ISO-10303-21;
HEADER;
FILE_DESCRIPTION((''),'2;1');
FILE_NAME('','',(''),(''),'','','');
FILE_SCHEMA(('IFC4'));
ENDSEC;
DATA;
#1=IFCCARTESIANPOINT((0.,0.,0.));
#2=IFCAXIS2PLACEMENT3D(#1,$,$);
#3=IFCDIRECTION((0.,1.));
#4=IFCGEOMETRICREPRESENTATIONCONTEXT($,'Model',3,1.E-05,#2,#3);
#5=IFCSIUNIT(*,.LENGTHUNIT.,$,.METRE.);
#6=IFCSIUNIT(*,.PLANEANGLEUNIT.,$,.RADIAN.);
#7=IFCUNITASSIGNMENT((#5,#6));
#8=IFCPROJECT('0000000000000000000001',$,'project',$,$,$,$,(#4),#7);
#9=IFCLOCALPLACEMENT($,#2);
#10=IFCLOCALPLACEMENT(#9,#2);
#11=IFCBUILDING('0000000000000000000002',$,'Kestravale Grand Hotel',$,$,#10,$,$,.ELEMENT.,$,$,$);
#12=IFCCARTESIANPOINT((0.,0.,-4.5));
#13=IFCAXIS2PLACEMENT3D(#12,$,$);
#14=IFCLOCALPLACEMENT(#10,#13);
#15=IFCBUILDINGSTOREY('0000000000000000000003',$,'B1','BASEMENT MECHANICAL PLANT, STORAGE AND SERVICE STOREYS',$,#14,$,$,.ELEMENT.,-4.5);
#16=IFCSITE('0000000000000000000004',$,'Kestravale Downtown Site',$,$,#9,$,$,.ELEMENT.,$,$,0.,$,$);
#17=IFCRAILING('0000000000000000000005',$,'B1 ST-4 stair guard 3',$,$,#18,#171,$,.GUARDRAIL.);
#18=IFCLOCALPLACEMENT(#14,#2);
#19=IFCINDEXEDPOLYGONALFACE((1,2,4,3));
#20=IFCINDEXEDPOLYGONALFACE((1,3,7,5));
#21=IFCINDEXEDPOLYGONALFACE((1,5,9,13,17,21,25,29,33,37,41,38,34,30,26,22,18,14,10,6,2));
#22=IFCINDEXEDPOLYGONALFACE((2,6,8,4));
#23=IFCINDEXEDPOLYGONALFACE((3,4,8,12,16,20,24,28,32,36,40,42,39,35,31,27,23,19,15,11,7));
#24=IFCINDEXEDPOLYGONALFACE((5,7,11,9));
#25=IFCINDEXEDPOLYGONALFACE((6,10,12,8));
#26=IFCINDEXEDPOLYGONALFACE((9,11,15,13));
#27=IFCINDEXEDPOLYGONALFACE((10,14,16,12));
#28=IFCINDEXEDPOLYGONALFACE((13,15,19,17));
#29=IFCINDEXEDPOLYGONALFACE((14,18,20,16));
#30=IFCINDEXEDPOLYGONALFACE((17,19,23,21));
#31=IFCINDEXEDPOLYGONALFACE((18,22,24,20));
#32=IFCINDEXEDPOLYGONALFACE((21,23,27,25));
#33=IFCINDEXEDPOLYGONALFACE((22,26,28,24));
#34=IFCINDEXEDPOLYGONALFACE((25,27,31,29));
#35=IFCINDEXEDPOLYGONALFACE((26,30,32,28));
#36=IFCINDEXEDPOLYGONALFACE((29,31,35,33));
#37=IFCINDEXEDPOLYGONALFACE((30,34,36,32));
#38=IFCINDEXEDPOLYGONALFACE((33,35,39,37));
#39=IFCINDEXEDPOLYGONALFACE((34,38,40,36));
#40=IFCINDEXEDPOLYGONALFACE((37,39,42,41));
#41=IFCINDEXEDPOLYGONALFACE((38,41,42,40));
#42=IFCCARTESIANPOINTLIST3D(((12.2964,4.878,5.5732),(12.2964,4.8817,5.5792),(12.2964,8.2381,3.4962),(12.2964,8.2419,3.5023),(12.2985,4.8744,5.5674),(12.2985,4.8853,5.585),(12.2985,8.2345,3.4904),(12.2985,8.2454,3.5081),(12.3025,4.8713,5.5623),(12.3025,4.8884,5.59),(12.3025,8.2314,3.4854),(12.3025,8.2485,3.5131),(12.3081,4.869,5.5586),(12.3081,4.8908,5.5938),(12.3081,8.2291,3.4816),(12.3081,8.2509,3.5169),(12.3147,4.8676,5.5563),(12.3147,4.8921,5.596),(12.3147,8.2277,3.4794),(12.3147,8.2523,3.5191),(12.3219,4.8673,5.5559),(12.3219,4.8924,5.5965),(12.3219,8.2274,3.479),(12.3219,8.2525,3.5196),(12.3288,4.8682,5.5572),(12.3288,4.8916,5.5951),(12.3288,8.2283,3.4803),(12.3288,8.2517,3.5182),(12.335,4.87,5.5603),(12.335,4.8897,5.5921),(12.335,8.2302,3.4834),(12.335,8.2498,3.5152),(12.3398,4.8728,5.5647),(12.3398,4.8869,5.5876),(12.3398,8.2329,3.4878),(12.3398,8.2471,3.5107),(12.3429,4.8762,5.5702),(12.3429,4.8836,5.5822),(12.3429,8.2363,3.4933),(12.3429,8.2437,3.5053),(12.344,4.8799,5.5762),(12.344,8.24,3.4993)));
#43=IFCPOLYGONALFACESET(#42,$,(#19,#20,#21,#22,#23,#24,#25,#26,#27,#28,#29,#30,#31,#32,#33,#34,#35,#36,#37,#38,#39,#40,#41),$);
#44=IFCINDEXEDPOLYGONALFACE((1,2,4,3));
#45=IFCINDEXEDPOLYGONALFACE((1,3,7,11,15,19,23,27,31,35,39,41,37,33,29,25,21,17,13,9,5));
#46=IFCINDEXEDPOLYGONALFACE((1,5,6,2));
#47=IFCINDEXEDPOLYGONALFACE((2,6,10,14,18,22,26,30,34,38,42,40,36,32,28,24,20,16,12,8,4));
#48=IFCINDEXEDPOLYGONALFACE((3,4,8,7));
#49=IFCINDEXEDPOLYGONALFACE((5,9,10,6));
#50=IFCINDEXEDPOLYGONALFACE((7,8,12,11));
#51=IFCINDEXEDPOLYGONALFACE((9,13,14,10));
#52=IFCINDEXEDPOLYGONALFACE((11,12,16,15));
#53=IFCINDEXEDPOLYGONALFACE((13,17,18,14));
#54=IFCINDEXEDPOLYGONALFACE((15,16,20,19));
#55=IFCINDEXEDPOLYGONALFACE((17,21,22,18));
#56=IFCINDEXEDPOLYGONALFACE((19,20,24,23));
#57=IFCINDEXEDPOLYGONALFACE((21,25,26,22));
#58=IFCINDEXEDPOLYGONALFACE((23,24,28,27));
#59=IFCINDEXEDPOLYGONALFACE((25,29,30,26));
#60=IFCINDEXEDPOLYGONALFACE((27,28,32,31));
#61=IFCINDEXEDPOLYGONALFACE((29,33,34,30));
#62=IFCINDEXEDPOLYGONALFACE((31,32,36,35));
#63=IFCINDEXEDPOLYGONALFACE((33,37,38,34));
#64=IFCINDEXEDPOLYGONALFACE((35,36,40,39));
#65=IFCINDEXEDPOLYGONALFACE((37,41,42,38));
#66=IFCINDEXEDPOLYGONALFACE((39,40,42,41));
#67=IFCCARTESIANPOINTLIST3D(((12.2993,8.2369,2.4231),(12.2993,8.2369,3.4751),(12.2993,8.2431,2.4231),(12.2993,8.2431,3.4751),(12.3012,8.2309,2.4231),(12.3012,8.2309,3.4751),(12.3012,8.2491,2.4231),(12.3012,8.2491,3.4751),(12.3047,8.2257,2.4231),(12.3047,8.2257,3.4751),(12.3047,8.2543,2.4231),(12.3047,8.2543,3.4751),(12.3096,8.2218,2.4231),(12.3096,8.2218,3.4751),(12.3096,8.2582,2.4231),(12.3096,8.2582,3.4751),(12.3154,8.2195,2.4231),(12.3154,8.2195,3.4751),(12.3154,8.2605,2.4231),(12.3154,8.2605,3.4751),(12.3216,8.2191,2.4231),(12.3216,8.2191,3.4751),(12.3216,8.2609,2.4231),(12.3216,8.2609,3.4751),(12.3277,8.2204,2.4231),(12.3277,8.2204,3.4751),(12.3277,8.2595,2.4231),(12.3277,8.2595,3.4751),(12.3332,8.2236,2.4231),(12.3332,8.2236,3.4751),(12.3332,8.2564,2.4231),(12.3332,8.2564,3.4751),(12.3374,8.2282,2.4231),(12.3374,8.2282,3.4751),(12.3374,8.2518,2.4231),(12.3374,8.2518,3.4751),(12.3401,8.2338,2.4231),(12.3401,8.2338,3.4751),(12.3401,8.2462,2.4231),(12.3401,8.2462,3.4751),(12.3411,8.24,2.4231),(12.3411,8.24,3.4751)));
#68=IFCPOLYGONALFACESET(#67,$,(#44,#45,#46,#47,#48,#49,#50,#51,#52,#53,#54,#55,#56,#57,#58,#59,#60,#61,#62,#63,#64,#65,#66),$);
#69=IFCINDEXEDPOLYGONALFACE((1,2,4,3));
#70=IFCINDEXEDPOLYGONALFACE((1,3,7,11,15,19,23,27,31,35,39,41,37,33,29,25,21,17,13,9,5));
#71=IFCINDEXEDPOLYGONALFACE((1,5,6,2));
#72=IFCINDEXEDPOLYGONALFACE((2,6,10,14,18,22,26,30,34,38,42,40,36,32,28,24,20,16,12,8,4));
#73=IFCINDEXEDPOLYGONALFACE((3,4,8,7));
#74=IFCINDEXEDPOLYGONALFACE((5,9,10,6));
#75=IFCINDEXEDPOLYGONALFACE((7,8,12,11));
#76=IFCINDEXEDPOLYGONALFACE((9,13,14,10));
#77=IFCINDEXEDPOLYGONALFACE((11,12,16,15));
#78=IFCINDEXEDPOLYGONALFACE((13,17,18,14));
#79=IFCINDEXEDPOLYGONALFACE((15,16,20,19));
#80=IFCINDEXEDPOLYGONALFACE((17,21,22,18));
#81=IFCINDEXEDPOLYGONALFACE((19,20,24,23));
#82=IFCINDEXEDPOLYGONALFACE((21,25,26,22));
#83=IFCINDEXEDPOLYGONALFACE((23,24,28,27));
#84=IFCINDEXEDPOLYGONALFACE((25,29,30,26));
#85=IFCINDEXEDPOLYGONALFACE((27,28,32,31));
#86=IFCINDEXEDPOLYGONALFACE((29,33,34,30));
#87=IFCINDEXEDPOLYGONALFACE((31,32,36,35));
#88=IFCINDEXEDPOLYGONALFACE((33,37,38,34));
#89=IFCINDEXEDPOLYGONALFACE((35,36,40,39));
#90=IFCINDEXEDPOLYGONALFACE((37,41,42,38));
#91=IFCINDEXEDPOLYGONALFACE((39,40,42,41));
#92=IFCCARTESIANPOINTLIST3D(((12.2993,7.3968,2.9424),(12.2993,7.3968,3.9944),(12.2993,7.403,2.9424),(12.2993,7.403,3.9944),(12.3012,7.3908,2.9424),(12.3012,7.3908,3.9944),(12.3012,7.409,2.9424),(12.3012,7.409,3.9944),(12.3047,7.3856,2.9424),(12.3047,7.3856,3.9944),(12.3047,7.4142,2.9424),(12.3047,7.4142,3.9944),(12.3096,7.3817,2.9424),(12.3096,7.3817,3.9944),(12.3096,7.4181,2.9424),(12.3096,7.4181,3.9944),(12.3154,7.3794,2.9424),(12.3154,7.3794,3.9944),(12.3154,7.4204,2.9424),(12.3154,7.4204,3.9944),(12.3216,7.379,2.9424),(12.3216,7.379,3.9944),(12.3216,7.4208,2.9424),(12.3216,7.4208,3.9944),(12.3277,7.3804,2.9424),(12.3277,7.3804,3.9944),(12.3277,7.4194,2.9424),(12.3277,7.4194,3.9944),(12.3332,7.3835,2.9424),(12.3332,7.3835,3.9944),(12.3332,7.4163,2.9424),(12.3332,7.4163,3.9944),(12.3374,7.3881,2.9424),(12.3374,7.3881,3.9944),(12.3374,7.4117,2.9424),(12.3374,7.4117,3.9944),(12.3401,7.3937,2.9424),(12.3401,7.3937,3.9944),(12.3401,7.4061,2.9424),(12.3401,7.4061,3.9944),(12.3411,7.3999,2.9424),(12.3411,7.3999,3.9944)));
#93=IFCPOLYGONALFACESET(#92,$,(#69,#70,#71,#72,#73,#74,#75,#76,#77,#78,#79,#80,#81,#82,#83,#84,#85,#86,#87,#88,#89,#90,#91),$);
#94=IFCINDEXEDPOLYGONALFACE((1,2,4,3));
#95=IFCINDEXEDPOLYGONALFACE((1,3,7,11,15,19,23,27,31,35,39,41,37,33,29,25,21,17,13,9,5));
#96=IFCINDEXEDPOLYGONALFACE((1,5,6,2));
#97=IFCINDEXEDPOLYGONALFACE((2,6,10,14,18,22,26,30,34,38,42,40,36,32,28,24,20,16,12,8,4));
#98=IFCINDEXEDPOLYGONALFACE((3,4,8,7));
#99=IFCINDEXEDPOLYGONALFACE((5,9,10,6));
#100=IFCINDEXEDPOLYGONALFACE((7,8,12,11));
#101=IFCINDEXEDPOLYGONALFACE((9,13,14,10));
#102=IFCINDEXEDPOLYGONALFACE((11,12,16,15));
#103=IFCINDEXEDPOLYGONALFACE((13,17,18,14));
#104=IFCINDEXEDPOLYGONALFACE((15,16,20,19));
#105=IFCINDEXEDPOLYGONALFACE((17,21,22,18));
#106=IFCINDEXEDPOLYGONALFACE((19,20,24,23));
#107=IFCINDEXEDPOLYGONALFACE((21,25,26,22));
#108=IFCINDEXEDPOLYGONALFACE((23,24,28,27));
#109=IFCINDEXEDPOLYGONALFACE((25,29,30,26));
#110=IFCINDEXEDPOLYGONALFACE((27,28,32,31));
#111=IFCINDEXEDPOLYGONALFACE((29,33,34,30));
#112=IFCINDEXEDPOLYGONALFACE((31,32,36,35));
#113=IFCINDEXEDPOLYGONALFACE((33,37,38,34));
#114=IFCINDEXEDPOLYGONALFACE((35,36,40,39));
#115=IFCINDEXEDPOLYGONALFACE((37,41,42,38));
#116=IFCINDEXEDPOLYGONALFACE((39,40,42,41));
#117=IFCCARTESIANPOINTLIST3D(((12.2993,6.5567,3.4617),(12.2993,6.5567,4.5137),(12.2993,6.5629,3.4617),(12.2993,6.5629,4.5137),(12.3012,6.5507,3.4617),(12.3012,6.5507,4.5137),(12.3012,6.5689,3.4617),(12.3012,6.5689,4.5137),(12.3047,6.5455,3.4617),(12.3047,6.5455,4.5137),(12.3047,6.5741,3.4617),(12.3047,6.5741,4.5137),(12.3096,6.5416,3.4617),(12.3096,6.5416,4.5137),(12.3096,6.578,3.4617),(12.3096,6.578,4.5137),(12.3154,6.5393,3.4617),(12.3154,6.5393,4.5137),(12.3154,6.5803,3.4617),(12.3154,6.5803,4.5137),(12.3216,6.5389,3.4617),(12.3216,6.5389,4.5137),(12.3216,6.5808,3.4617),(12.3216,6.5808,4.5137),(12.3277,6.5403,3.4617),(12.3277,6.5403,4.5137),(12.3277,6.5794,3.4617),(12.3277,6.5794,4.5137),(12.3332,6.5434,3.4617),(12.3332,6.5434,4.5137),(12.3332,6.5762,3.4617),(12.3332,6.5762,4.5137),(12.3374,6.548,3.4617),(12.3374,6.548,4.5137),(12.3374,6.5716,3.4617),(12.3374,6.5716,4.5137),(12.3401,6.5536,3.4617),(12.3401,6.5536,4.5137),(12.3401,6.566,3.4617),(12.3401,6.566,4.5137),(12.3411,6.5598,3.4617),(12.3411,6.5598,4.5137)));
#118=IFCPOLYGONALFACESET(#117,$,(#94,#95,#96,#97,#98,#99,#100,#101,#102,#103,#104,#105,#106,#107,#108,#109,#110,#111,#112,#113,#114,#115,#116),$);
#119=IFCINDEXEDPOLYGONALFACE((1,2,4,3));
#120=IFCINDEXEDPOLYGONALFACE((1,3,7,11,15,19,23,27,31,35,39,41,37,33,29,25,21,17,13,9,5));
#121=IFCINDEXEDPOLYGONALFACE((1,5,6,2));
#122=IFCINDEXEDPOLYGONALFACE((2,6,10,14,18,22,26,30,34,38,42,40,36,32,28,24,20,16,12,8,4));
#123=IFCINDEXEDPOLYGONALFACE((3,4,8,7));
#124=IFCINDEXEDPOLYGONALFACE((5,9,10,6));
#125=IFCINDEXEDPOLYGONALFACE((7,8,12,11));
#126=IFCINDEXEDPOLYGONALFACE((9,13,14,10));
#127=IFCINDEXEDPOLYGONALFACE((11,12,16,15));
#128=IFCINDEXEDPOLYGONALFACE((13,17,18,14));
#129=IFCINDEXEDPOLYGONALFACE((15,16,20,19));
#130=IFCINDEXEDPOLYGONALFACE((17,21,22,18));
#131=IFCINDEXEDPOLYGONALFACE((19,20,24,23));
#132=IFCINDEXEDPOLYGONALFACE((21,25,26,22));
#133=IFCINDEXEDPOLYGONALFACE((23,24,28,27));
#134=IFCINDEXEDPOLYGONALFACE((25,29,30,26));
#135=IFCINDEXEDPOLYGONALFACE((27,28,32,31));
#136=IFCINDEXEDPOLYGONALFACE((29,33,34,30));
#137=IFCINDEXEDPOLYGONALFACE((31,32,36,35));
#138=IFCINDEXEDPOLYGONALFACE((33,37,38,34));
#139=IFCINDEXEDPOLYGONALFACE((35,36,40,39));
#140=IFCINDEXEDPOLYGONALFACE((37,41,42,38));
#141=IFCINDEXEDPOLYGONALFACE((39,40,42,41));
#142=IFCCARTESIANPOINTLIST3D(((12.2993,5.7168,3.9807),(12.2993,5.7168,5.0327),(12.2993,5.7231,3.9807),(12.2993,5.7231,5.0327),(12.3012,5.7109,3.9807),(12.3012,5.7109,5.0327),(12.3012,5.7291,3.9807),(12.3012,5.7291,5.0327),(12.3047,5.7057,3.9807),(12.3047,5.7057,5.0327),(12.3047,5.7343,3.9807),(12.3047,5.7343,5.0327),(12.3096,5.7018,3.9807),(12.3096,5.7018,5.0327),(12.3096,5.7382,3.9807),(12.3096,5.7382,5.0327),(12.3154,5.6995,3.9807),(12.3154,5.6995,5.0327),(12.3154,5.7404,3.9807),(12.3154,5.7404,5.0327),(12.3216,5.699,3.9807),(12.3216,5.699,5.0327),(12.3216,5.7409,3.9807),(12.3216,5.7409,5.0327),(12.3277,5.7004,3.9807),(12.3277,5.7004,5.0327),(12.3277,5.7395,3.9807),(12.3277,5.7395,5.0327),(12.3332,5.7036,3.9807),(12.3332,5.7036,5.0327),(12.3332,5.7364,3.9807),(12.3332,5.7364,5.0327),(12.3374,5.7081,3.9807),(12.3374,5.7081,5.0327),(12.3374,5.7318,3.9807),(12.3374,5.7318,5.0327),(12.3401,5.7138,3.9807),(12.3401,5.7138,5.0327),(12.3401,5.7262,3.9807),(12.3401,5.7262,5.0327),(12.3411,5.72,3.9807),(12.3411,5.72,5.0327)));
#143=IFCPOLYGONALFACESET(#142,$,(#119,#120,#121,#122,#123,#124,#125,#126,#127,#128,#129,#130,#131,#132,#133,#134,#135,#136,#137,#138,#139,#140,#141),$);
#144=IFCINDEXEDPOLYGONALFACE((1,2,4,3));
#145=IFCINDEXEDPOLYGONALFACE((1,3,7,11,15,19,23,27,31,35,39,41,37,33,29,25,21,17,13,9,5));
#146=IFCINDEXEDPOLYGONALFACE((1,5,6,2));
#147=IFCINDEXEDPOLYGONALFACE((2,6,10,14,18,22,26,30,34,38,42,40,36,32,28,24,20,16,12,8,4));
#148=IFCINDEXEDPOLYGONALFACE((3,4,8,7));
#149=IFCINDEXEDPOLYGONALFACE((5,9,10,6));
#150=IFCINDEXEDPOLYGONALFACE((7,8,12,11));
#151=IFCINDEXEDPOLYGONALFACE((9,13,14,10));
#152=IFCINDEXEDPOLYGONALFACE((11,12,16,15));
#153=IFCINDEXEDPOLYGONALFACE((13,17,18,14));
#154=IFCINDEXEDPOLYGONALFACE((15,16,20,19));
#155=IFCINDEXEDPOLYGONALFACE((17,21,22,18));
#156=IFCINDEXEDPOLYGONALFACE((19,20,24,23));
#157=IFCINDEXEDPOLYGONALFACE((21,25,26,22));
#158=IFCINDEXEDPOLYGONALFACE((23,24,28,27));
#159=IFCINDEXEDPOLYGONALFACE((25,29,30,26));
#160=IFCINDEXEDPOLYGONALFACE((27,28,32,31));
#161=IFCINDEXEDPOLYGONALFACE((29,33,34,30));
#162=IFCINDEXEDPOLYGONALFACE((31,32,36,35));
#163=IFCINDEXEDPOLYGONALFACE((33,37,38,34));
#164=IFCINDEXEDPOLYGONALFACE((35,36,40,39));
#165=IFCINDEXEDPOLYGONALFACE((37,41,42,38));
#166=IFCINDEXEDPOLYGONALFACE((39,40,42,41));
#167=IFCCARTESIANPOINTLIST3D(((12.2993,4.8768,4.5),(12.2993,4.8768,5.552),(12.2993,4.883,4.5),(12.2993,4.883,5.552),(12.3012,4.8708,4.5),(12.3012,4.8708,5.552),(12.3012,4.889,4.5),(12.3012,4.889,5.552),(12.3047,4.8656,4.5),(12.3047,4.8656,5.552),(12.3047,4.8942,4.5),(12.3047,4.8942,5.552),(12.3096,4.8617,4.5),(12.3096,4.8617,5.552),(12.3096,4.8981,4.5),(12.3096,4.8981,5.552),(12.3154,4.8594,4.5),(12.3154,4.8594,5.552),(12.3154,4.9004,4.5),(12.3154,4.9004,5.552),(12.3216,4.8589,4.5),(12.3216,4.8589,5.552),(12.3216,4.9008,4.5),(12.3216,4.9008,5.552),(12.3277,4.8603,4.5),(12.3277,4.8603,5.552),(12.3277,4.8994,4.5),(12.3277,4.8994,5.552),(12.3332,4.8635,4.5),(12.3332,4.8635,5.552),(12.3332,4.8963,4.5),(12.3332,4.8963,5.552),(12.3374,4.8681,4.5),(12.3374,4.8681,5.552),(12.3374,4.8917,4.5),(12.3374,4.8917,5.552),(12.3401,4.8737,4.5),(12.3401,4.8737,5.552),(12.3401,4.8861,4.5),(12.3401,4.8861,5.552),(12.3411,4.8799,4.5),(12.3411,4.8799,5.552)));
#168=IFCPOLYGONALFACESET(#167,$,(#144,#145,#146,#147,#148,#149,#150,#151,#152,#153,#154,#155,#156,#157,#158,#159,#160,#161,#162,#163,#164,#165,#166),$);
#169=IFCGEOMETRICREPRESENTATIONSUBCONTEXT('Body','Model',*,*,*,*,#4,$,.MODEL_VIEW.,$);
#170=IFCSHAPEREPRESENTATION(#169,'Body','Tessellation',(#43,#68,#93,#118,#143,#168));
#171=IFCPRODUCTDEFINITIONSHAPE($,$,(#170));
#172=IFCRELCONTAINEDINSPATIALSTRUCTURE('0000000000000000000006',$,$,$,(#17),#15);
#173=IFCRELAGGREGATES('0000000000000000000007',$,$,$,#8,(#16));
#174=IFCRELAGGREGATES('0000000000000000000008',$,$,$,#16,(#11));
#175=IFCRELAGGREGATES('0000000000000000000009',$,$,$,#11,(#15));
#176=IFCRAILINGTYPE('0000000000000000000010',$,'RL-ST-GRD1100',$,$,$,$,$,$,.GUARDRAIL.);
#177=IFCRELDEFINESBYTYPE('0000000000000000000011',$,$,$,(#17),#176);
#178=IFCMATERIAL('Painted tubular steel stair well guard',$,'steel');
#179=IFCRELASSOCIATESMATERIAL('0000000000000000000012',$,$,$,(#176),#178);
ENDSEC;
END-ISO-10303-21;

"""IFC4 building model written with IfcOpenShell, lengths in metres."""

from ifc_helpers import new_model, si_unit, direction, frame, origin, origin_2d, place, context, subcontext, project, spatial, circle, extrude, material, type_object, element, save


model = new_model("IFC4")

# Units and contexts
model_context = context("Model", 3, precision=1e-05, world=origin(), true_north=direction((0.0, 1.0)))
body_context = subcontext(model_context, "Body", "Model", "MODEL_VIEW")
ifc_project = project(units=[si_unit("LENGTHUNIT", "METRE"), si_unit("PLANEANGLEUNIT", "RADIAN")], contexts=[model_context])

# Site, building, storey
site_placement = place(None, origin())
site = spatial("IfcSite", under=ifc_project, at=site_placement, Name="Kestravale Downtown Site", CompositionType="ELEMENT", RefElevation=0.0)
building_placement = place(site_placement, origin())
building = spatial("IfcBuilding", under=site, at=building_placement, Name="Kestravale Grand Hotel", CompositionType="ELEMENT")
storey_placement = place(building_placement, frame((0.0, 0.0, -4.5)))
storey = spatial("IfcBuildingStorey", under=building, at=storey_placement, Name="B1", Description="BASEMENT MECHANICAL PLANT, STORAGE AND SERVICE STOREYS", CompositionType="ELEMENT", Elevation=-4.5)

# Railing
ifc_material_1 = material(Name="Painted tubular steel stair well guard", Category="steel")
railing_type_1 = type_object("IfcRailingType", Name="RL-ST-GRD1100", PredefinedType="GUARDRAIL", material=ifc_material_1)
railing_1_placement = place(storey_placement, frame((12.3201, 8.24, 2.4231)))
element("IfcRailing", 1, at=railing_1_placement, inside=storey, type_object=railing_type_1, Name="B1 ST-4 stair guard 3", PredefinedType="GUARDRAIL", context=body_context, shape_type="SweptSolid", body=[
    extrude(circle(Radius=0.0239, at=origin_2d()), frame((0.0, 0.0, 1.0762), z_axis=(0.0, -0.850623, 0.525776), x_axis=(1.0, 0.0, 0.0)), (0.0, 0.0, 1.0), 3.9502),
    extrude(circle(Radius=0.021, at=origin_2d()), origin(), (0.0, 0.0, 1.0), 1.052),
    extrude(circle(Radius=0.021, at=origin_2d()), frame((0.0, -0.8401, 0.5193)), (0.0, 0.0, 1.0), 1.052),
    extrude(circle(Radius=0.021, at=origin_2d()), frame((0.0, -1.6802, 1.0386)), (0.0, 0.0, 1.0), 1.052),
    extrude(circle(Radius=0.021, at=origin_2d()), frame((0.0, -2.52, 1.5576)), (0.0, 0.0, 1.0), 1.052),
    extrude(circle(Radius=0.021, at=origin_2d()), frame((0.0, -3.3601, 2.0769)), (0.0, 0.0, 1.0), 1.052),
])

save(model, "model.ifc")
